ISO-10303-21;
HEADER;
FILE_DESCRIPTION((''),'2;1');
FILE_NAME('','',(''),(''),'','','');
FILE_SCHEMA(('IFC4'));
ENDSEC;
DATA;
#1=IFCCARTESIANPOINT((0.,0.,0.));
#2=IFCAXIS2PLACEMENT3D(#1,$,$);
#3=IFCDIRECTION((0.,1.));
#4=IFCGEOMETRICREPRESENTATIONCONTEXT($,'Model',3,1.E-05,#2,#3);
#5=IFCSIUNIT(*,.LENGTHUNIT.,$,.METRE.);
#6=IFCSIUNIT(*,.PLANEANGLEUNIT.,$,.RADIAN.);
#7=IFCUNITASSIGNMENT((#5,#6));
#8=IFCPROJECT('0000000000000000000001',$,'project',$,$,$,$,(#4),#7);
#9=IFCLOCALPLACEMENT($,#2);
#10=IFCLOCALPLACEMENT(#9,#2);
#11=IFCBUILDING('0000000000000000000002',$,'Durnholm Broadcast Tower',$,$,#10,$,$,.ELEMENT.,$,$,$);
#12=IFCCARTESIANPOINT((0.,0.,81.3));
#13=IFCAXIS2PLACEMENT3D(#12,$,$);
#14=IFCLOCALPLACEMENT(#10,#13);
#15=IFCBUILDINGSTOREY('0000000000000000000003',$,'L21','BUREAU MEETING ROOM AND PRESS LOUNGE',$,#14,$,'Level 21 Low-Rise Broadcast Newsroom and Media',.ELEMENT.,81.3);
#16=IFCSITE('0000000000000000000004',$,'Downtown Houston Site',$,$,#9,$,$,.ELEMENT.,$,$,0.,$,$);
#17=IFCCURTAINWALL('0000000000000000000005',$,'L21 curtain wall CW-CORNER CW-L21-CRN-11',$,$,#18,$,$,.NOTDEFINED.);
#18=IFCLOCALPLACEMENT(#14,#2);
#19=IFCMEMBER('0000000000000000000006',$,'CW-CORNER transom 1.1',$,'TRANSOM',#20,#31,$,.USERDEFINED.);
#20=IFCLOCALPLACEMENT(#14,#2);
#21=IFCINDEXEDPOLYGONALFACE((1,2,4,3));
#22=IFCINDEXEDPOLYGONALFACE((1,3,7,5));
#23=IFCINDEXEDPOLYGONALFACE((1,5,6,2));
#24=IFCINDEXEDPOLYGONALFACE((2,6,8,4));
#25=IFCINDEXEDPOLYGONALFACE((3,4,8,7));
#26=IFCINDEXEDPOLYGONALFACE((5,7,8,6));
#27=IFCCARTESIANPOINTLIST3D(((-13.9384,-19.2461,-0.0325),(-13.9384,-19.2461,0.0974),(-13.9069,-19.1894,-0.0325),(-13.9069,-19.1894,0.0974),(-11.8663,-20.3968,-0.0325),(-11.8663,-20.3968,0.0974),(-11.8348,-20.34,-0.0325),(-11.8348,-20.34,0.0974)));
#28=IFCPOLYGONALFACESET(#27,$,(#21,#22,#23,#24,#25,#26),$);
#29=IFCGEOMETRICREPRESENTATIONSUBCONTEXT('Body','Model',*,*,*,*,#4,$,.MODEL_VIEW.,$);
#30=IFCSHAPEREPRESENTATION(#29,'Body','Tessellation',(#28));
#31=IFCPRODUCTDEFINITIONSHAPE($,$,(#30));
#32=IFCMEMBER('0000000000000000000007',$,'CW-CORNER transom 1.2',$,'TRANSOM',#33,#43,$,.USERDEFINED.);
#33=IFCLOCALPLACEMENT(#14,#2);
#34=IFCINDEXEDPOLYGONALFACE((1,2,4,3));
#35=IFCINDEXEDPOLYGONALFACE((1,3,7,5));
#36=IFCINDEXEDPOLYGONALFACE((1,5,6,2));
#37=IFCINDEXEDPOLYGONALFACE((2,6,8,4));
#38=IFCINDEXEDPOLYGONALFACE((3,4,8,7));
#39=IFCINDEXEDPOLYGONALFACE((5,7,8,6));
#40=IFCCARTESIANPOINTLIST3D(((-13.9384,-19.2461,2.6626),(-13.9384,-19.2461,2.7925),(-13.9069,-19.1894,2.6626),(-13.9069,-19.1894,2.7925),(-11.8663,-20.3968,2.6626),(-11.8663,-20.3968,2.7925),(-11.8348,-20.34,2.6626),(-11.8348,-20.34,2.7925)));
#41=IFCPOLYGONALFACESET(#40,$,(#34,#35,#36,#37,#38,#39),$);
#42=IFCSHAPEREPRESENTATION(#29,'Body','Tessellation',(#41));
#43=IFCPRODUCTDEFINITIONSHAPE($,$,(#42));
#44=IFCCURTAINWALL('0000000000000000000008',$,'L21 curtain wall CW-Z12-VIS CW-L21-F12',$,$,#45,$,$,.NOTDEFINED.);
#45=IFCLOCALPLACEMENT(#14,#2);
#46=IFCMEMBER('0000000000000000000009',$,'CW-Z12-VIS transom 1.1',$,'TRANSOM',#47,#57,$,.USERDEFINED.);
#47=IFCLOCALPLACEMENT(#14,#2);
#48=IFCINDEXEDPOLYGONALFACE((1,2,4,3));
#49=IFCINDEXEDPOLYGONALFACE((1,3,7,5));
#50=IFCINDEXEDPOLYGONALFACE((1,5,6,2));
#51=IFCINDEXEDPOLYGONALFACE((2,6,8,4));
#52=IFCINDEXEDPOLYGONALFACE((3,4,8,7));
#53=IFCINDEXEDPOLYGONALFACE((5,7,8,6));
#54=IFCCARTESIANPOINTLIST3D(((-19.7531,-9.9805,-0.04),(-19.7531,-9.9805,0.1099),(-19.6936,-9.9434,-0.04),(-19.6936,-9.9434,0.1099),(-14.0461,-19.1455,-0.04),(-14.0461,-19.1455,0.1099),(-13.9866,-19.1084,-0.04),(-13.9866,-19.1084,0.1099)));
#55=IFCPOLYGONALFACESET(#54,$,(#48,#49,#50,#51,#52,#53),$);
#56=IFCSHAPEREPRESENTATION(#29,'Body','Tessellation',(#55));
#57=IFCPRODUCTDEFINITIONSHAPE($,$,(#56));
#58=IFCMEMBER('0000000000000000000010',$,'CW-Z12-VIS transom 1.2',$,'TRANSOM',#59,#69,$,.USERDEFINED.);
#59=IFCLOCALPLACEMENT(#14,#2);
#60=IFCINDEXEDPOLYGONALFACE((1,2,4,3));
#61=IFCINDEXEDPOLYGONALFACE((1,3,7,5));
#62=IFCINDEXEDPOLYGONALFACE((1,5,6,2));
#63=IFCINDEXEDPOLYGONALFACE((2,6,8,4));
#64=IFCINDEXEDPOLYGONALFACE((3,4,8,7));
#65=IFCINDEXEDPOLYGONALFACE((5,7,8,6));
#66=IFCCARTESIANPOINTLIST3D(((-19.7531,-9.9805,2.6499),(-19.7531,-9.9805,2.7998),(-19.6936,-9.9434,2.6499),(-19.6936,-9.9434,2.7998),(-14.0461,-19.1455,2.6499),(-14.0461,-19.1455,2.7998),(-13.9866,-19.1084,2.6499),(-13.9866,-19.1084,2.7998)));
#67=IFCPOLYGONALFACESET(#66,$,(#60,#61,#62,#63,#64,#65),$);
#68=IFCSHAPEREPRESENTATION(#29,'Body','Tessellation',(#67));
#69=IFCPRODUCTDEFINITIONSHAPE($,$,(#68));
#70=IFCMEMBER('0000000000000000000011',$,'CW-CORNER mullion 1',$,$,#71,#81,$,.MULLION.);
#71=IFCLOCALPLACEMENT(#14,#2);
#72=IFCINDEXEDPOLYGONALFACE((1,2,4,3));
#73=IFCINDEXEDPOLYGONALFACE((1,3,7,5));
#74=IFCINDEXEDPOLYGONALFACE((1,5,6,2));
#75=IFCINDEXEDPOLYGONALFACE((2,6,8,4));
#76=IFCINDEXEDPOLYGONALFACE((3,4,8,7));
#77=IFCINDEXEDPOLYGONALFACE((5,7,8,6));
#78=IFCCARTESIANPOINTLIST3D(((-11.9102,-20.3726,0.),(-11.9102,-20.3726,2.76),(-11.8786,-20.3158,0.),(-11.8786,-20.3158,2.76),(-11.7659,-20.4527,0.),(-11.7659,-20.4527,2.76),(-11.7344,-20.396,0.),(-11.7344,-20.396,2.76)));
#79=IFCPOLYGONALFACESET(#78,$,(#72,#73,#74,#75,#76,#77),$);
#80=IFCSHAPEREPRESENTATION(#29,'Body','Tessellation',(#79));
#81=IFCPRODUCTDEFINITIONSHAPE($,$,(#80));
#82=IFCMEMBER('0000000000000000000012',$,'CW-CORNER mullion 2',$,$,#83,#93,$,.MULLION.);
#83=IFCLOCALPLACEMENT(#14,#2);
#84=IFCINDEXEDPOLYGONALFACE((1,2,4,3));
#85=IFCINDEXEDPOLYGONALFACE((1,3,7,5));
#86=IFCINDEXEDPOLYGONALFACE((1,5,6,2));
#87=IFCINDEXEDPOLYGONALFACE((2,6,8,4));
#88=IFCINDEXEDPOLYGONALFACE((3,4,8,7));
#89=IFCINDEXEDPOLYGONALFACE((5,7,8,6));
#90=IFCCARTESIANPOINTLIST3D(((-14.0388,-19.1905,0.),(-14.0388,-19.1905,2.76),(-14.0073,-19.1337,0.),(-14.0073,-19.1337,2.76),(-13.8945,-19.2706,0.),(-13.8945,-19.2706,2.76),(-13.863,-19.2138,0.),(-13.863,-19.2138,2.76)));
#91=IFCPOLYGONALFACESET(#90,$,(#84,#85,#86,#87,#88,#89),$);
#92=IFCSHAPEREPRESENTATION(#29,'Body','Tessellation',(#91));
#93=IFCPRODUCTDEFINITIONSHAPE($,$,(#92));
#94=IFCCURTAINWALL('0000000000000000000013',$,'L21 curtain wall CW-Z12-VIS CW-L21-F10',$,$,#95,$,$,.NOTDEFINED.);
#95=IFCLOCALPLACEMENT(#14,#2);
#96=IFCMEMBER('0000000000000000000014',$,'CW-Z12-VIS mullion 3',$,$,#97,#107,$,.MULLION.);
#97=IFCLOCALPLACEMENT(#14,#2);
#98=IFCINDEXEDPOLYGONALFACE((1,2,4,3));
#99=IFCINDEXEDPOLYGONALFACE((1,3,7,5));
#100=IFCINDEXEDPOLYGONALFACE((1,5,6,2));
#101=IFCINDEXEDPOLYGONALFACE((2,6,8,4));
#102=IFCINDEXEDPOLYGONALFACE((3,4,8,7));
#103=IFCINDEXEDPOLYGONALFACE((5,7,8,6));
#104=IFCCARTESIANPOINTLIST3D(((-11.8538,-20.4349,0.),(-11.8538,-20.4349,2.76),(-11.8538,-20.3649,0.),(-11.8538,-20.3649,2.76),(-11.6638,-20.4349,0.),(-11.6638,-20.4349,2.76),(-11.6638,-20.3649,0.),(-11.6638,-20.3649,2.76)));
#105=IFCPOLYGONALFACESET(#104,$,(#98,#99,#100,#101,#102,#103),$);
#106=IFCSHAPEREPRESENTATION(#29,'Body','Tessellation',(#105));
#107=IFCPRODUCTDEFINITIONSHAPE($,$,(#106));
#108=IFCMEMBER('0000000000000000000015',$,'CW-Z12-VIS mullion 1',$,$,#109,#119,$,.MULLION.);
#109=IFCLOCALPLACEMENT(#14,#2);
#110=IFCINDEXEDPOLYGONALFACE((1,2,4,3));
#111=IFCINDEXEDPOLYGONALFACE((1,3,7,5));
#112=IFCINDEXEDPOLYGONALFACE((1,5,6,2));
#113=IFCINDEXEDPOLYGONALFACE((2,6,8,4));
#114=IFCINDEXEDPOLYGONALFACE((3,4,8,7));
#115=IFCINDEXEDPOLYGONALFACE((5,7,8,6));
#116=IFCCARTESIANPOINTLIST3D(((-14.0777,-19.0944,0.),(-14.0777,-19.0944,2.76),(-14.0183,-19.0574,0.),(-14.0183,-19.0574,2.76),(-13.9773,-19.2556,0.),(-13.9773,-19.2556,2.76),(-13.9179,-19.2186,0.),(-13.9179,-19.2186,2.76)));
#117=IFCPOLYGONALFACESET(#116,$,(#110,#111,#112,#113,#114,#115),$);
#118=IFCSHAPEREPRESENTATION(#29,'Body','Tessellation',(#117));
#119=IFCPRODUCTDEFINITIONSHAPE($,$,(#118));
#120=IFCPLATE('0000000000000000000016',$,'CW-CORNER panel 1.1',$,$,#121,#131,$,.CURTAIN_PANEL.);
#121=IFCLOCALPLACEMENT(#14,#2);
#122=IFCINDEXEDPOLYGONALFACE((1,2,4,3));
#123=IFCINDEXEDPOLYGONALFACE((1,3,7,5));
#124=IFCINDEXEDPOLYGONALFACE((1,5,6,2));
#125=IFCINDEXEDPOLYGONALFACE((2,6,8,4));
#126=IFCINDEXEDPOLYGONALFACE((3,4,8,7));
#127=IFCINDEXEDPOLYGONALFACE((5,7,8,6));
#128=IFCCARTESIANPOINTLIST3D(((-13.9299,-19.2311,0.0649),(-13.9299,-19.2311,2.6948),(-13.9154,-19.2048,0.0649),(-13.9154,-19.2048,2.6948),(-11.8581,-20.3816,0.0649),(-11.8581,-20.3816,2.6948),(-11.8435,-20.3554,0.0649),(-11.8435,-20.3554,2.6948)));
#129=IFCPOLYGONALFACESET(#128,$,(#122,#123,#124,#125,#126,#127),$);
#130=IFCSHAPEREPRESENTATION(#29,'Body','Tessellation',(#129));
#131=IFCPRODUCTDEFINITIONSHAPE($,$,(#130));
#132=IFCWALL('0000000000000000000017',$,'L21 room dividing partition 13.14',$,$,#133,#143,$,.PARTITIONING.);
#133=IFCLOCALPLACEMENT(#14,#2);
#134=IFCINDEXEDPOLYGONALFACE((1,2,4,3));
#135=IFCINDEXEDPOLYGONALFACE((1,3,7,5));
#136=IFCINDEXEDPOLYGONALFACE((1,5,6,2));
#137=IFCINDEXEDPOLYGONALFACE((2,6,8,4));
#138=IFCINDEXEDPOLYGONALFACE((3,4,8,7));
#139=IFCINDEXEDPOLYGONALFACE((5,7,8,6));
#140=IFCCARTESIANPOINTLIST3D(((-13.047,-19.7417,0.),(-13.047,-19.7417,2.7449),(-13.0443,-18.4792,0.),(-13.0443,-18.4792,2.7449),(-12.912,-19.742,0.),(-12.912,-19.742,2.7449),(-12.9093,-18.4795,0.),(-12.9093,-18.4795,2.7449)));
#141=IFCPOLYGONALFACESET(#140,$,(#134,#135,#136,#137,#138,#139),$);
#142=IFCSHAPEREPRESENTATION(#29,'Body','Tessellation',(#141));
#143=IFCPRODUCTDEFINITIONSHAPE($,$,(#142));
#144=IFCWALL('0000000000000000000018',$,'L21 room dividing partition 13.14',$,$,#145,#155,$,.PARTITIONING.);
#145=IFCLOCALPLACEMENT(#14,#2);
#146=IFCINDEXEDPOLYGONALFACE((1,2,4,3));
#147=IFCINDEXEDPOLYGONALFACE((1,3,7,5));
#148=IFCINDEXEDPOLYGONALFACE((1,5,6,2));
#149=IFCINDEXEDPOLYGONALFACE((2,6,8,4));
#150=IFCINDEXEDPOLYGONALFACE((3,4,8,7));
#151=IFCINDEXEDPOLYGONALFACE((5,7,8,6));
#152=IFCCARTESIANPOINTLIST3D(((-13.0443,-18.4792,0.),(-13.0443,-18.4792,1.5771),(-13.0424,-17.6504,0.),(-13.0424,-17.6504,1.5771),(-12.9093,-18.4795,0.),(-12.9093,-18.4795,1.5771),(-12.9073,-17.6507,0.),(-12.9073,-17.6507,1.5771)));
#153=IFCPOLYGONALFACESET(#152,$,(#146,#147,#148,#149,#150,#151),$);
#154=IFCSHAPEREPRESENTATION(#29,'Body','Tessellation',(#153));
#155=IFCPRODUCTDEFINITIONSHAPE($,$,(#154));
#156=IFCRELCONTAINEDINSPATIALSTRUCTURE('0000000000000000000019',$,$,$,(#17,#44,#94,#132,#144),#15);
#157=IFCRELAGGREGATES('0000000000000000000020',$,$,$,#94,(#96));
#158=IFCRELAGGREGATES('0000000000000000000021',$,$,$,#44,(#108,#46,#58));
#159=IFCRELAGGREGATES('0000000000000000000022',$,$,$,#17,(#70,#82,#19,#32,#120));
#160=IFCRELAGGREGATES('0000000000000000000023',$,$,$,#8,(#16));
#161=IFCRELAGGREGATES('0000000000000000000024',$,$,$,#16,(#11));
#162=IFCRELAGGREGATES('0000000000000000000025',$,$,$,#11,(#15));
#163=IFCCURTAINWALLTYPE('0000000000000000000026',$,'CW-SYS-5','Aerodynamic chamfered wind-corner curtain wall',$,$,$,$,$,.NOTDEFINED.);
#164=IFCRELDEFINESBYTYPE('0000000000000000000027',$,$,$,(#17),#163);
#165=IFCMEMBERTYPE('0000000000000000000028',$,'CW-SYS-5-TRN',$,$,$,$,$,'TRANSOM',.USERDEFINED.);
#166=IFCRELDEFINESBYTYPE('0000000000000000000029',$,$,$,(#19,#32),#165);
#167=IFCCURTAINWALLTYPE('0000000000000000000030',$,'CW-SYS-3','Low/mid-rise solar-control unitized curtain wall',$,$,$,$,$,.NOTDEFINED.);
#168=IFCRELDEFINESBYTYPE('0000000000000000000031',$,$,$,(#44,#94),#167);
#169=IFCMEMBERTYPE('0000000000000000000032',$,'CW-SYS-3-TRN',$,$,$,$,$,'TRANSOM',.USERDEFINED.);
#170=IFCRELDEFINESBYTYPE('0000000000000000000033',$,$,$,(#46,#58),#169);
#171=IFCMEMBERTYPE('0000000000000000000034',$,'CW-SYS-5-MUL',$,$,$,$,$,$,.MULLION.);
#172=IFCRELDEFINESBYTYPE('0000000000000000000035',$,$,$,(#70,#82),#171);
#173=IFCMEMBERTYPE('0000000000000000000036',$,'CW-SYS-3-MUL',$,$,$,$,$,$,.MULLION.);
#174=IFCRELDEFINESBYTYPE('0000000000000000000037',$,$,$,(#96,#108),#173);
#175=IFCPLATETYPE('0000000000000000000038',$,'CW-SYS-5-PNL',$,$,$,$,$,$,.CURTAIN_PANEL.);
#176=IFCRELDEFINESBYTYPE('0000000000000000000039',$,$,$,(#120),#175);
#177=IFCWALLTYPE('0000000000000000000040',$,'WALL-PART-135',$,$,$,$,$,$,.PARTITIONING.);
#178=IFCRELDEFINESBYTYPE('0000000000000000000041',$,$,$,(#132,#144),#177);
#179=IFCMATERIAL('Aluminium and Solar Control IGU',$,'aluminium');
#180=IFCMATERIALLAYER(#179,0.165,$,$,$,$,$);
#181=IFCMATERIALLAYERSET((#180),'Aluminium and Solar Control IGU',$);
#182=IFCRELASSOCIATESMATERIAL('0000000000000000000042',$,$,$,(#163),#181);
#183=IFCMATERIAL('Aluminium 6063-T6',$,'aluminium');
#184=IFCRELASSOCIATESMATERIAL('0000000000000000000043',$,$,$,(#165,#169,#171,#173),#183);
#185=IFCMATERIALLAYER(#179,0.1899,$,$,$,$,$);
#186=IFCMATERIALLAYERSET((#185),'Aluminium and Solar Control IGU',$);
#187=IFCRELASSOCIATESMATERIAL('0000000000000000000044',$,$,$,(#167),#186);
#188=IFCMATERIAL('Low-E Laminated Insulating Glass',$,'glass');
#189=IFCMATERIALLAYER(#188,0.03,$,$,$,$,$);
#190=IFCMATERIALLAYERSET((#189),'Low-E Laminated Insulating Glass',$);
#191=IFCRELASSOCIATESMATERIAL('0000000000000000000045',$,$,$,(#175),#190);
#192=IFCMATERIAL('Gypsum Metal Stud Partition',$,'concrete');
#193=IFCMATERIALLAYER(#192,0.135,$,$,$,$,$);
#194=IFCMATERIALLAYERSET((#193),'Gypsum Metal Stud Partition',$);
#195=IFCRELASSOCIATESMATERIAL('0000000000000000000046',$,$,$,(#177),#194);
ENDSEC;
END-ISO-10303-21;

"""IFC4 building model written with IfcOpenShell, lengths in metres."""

from ifc_helpers import new_model, si_unit, direction, frame, frame_2d, origin, origin_2d, place, context, subcontext, project, spatial, rectangle, extrude, source, transform, mapped, material, layer, layer_set, material_profile, profile_set, type_object, type_shapes, element, aggregate, save


model = new_model("IFC4")

# Units and contexts
model_context = context("Model", 3, precision=1e-05, world=origin(), true_north=direction((0.0, 1.0)))
body_context = subcontext(model_context, "Body", "Model", "MODEL_VIEW")
ifc_project = project(units=[si_unit("LENGTHUNIT", "METRE"), si_unit("PLANEANGLEUNIT", "RADIAN")], contexts=[model_context])

# Site, building, storey
site_placement = place(None, origin())
site = spatial("IfcSite", under=ifc_project, at=site_placement, Name="Downtown Houston Site", CompositionType="ELEMENT", RefElevation=0.0)
building_placement = place(site_placement, origin())
building = spatial("IfcBuilding", under=site, at=building_placement, Name="Durnholm Broadcast Tower", CompositionType="ELEMENT")
storey_placement = place(building_placement, frame((0.0, 0.0, 81.3)))
storey = spatial("IfcBuildingStorey", under=building, at=storey_placement, Name="L21", Description="BUREAU MEETING ROOM AND PRESS LOUNGE", LongName="Level 21 Low-Rise Broadcast Newsroom and Media", CompositionType="ELEMENT", Elevation=81.3)

# Curtain walls, members
ifc_material_1 = material(Name="Aluminium and Solar Control IGU", Category="aluminium")
ifc_layer_1 = layer(ifc_material_1, 0.165)
ifc_layer_set_1 = layer_set([ifc_layer_1], Name="Aluminium and Solar Control IGU")
curtain_wall_type_1 = type_object("IfcCurtainWallType", Name="CW-SYS-5", Description="Aerodynamic chamfered wind-corner curtain wall", PredefinedType="NOTDEFINED", material=ifc_layer_set_1)
curtain_wall_1_placement = place(storey_placement, origin())
curtain_wall_1 = element("IfcCurtainWall", 1, at=curtain_wall_1_placement, inside=storey, type_object=curtain_wall_type_1, Name="L21 curtain wall CW-CORNER CW-L21-CRN-11", PredefinedType="NOTDEFINED")
ifc_material_2 = material(Name="Aluminium 6063-T6", Category="aluminium")
ifc_material_profile_1 = material_profile(ifc_material_2, rectangle(XDim=0.0649, YDim=0.1299, at=origin_2d()), Name="CWT65X130")
ifc_profile_set_1 = profile_set([ifc_material_profile_1], Name="Aluminium 6063-T6")
member_type_1 = type_object("IfcMemberType", Name="CW-SYS-5-TRN", ElementType="TRANSOM", PredefinedType="USERDEFINED", material=ifc_profile_set_1)
shared_shape_1 = source(origin(), body_context, "Body", "SweptSolid", [
    extrude(rectangle(XDim=0.0649, YDim=0.1299, at=origin_2d()), origin(), (0.0, 0.0, 1.0), 2.3701),
])
type_shapes(member_type_1, [shared_shape_1])
member_1_placement = place(storey_placement, frame((-11.8506, -20.3684, 0.0325), z_axis=(-0.874245, 0.485485, 0.0), x_axis=(-0.485485, -0.874245, 0.0)))
member_1 = element("IfcMember", 2, at=member_1_placement, type_object=member_type_1, Name="CW-CORNER transom 1.1", ObjectType="TRANSOM", PredefinedType="USERDEFINED", context=body_context, shape_type="MappedRepresentation", body=[
    mapped(shared_shape_1, transform((0.0, 0.0, 0.0), x_axis=(1.0, 0.0, 0.0), y_axis=(0.0, 1.0, 0.0), z_axis=(0.0, 0.0, 1.0), scale=1.0)),
])
member_2_placement = place(storey_placement, frame((-11.8506, -20.3684, 2.7275), z_axis=(-0.874245, 0.485485, 0.0), x_axis=(-0.485485, -0.874245, 0.0)))
member_2 = element("IfcMember", 3, at=member_2_placement, type_object=member_type_1, Name="CW-CORNER transom 1.2", ObjectType="TRANSOM", PredefinedType="USERDEFINED", context=body_context, shape_type="MappedRepresentation", body=[
    mapped(shared_shape_1, transform((0.0, 0.0, 0.0), x_axis=(1.0, 0.0, 0.0), y_axis=(0.0, 1.0, 0.0), z_axis=(0.0, 0.0, 1.0), scale=1.0)),
])
ifc_layer_2 = layer(ifc_material_1, 0.1899)
ifc_layer_set_2 = layer_set([ifc_layer_2], Name="Aluminium and Solar Control IGU")
curtain_wall_type_2 = type_object("IfcCurtainWallType", Name="CW-SYS-3", Description="Low/mid-rise solar-control unitized curtain wall", PredefinedType="NOTDEFINED", material=ifc_layer_set_2)
curtain_wall_2_placement = place(storey_placement, origin())
curtain_wall_2 = element("IfcCurtainWall", 4, at=curtain_wall_2_placement, inside=storey, type_object=curtain_wall_type_2, Name="L21 curtain wall CW-Z12-VIS CW-L21-F12", PredefinedType="NOTDEFINED")
ifc_material_profile_2 = material_profile(ifc_material_2, rectangle(XDim=0.0701, YDim=0.1499, at=origin_2d()), Name="CWT70X150")
ifc_profile_set_2 = profile_set([ifc_material_profile_2], Name="Aluminium 6063-T6")
member_type_2 = type_object("IfcMemberType", Name="CW-SYS-3-TRN", ElementType="TRANSOM", PredefinedType="USERDEFINED", material=ifc_profile_set_2)
shared_shape_2 = source(origin(), body_context, "Body", "SweptSolid", [
    extrude(rectangle(XDim=0.0701, YDim=0.1499, at=origin_2d()), origin(), (0.0, 0.0, 1.0), 10.7966),
])
type_shapes(member_type_2, [shared_shape_2])
member_3_placement = place(storey_placement, frame((-14.0164, -19.127, 0.0349), z_axis=(-0.528592, 0.848876, 0.0), x_axis=(-0.848876, -0.528592, 0.0)))
member_3 = element("IfcMember", 5, at=member_3_placement, type_object=member_type_2, Name="CW-Z12-VIS transom 1.1", ObjectType="TRANSOM", PredefinedType="USERDEFINED", context=body_context, shape_type="MappedRepresentation", body=[
    mapped(shared_shape_2, transform((0.0, 0.0, 0.0), x_axis=(1.0, 0.0, 0.0), y_axis=(0.0, 1.0, 0.0), z_axis=(0.0, 0.0, 1.0), scale=1.0)),
])
member_4_placement = place(storey_placement, frame((-14.0164, -19.127, 2.7249), z_axis=(-0.528592, 0.848876, 0.0), x_axis=(-0.848876, -0.528592, 0.0)))
member_4 = element("IfcMember", 6, at=member_4_placement, type_object=member_type_2, Name="CW-Z12-VIS transom 1.2", ObjectType="TRANSOM", PredefinedType="USERDEFINED", context=body_context, shape_type="MappedRepresentation", body=[
    mapped(shared_shape_2, transform((0.0, 0.0, 0.0), x_axis=(1.0, 0.0, 0.0), y_axis=(0.0, 1.0, 0.0), z_axis=(0.0, 0.0, 1.0), scale=1.0)),
])

# Members
ifc_material_profile_3 = material_profile(ifc_material_2, rectangle(XDim=0.0649, YDim=0.165, at=origin_2d()), Name="CWM65X165")
ifc_profile_set_3 = profile_set([ifc_material_profile_3], Name="Aluminium 6063-T6")
member_type_3 = type_object("IfcMemberType", Name="CW-SYS-5-MUL", PredefinedType="MULLION", material=ifc_profile_set_3)
shared_shape_3 = source(origin(), body_context, "Body", "SweptSolid", [
    extrude(rectangle(XDim=0.0649, YDim=0.165, at=origin_2d()), origin(), (0.0, 0.0, 1.0), 2.76),
])
type_shapes(member_type_3, [shared_shape_3])
member_5_placement = place(storey_placement, frame((-11.8223, -20.3843, 0.0), z_axis=(0.0, 0.0, 1.0), x_axis=(-0.485483, -0.874246, 0.0)))
member_5 = element("IfcMember", 7, at=member_5_placement, type_object=member_type_3, Name="CW-CORNER mullion 1", PredefinedType="MULLION", context=body_context, shape_type="MappedRepresentation", body=[
    mapped(shared_shape_3, transform((0.0, 0.0, 0.0), x_axis=(1.0, 0.0, 0.0), y_axis=(0.0, 1.0, 0.0), z_axis=(0.0, 0.0, 1.0), scale=1.0)),
])
member_6_placement = place(storey_placement, frame((-13.9509, -19.2021, 0.0), z_axis=(0.0, 0.0, 1.0), x_axis=(-0.485483, -0.874246, 0.0)))
member_6 = element("IfcMember", 8, at=member_6_placement, type_object=member_type_3, Name="CW-CORNER mullion 2", PredefinedType="MULLION", context=body_context, shape_type="MappedRepresentation", body=[
    mapped(shared_shape_3, transform((0.0, 0.0, 0.0), x_axis=(1.0, 0.0, 0.0), y_axis=(0.0, 1.0, 0.0), z_axis=(0.0, 0.0, 1.0), scale=1.0)),
])

# Curtain wall, member
curtain_wall_3_placement = place(storey_placement, origin())
curtain_wall_3 = element("IfcCurtainWall", 9, at=curtain_wall_3_placement, inside=storey, type_object=curtain_wall_type_2, Name="L21 curtain wall CW-Z12-VIS CW-L21-F10", PredefinedType="NOTDEFINED")
ifc_material_profile_4 = material_profile(ifc_material_2, rectangle(XDim=0.0701, YDim=0.1899, at=origin_2d()), Name="CWM70X190")
ifc_profile_set_4 = profile_set([ifc_material_profile_4], Name="Aluminium 6063-T6")
member_type_4 = type_object("IfcMemberType", Name="CW-SYS-3-MUL", PredefinedType="MULLION", material=ifc_profile_set_4)
shared_shape_4 = source(origin(), body_context, "Body", "SweptSolid", [
    extrude(rectangle(XDim=0.0701, YDim=0.1899, at=origin_2d()), origin(), (0.0, 0.0, 1.0), 2.76),
])
type_shapes(member_type_4, [shared_shape_4])
member_7_placement = place(storey_placement, frame((-11.7588, -20.3999, 0.0), z_axis=(0.0, 0.0, 1.0), x_axis=(0.0, -1.0, 0.0)))
member_7 = element("IfcMember", 10, at=member_7_placement, type_object=member_type_4, Name="CW-Z12-VIS mullion 3", PredefinedType="MULLION", context=body_context, shape_type="MappedRepresentation", body=[
    mapped(shared_shape_4, transform((0.0, 0.0, 0.0), x_axis=(1.0, 0.0, 0.0), y_axis=(0.0, 1.0, 0.0), z_axis=(0.0, 0.0, 1.0), scale=1.0)),
])
aggregate(curtain_wall_3, [member_7])

# Member
member_8_placement = place(storey_placement, frame((-13.9978, -19.1565, 0.0), z_axis=(0.0, 0.0, 1.0), x_axis=(-0.848876, -0.528592, 0.0)))
member_8 = element("IfcMember", 11, at=member_8_placement, type_object=member_type_4, Name="CW-Z12-VIS mullion 1", PredefinedType="MULLION", context=body_context, shape_type="MappedRepresentation", body=[
    mapped(shared_shape_4, transform((0.0, 0.0, 0.0), x_axis=(1.0, 0.0, 0.0), y_axis=(0.0, 1.0, 0.0), z_axis=(0.0, 0.0, 1.0), scale=1.0)),
])
aggregate(curtain_wall_2, [member_8, member_3, member_4])

# Plate
ifc_material_3 = material(Name="Low-E Laminated Insulating Glass", Category="glass")
ifc_layer_3 = layer(ifc_material_3, 0.03)
ifc_layer_set_3 = layer_set([ifc_layer_3], Name="Low-E Laminated Insulating Glass")
plate_type = type_object("IfcPlateType", Name="CW-SYS-5-PNL", PredefinedType="CURTAIN_PANEL", material=ifc_layer_set_3)
shared_shape_5 = source(origin(), body_context, "Body", "SweptSolid", [
    extrude(rectangle(XDim=2.3699, YDim=0.03, at=origin_2d()), origin(), (0.0, 0.0, 1.0), 2.6299),
])
type_shapes(plate_type, [shared_shape_5])
plate_placement = place(storey_placement, frame((-12.8867, -19.7932, 0.0649), z_axis=(0.0, 0.0, 1.0), x_axis=(-0.874246, 0.485483, 0.0)))
plate = element("IfcPlate", 12, at=plate_placement, type_object=plate_type, Name="CW-CORNER panel 1.1", PredefinedType="CURTAIN_PANEL", context=body_context, shape_type="MappedRepresentation", body=[
    mapped(shared_shape_5, transform((0.0, 0.0, 0.0), x_axis=(1.0, 0.0, 0.0), y_axis=(0.0, 1.0, 0.0), z_axis=(0.0, 0.0, 1.0), scale=1.0)),
])
aggregate(curtain_wall_1, [member_5, member_6, member_1, member_2, plate])

# Walls
ifc_material_4 = material(Name="Gypsum Metal Stud Partition", Category="concrete")
ifc_layer_4 = layer(ifc_material_4, 0.135)
ifc_layer_set_4 = layer_set([ifc_layer_4], Name="Gypsum Metal Stud Partition")
wall_type = type_object("IfcWallType", Name="WALL-PART-135", PredefinedType="PARTITIONING", material=ifc_layer_set_4)
wall_1_placement = place(storey_placement, frame((-12.9768, -18.4792, 0.0), z_axis=(0.0, 0.0, 1.0), x_axis=(-0.002127, -0.999998, 0.0)))
element("IfcWall", 13, at=wall_1_placement, inside=storey, type_object=wall_type, Name="L21 room dividing partition 13.14", PredefinedType="PARTITIONING", context=body_context, shape_type="SweptSolid", body=[
    extrude(rectangle(XDim=1.2625, YDim=0.135, at=frame_2d((0.6313, 0.0))), origin(), (0.0, 0.0, 1.0), 2.7449),
])
wall_2_placement = place(storey_placement, frame((-12.9749, -17.6504, 0.0), z_axis=(0.0, 0.0, 1.0), x_axis=(-0.002356, -0.999997, 0.0)))
element("IfcWall", 14, at=wall_2_placement, inside=storey, type_object=wall_type, Name="L21 room dividing partition 13.14", PredefinedType="PARTITIONING", context=body_context, shape_type="SweptSolid", body=[
    extrude(rectangle(XDim=0.8289, YDim=0.135, at=frame_2d((0.4146, 0.0))), origin(), (0.0, 0.0, 1.0), 1.5771),
])

save(model, "model.ifc")
